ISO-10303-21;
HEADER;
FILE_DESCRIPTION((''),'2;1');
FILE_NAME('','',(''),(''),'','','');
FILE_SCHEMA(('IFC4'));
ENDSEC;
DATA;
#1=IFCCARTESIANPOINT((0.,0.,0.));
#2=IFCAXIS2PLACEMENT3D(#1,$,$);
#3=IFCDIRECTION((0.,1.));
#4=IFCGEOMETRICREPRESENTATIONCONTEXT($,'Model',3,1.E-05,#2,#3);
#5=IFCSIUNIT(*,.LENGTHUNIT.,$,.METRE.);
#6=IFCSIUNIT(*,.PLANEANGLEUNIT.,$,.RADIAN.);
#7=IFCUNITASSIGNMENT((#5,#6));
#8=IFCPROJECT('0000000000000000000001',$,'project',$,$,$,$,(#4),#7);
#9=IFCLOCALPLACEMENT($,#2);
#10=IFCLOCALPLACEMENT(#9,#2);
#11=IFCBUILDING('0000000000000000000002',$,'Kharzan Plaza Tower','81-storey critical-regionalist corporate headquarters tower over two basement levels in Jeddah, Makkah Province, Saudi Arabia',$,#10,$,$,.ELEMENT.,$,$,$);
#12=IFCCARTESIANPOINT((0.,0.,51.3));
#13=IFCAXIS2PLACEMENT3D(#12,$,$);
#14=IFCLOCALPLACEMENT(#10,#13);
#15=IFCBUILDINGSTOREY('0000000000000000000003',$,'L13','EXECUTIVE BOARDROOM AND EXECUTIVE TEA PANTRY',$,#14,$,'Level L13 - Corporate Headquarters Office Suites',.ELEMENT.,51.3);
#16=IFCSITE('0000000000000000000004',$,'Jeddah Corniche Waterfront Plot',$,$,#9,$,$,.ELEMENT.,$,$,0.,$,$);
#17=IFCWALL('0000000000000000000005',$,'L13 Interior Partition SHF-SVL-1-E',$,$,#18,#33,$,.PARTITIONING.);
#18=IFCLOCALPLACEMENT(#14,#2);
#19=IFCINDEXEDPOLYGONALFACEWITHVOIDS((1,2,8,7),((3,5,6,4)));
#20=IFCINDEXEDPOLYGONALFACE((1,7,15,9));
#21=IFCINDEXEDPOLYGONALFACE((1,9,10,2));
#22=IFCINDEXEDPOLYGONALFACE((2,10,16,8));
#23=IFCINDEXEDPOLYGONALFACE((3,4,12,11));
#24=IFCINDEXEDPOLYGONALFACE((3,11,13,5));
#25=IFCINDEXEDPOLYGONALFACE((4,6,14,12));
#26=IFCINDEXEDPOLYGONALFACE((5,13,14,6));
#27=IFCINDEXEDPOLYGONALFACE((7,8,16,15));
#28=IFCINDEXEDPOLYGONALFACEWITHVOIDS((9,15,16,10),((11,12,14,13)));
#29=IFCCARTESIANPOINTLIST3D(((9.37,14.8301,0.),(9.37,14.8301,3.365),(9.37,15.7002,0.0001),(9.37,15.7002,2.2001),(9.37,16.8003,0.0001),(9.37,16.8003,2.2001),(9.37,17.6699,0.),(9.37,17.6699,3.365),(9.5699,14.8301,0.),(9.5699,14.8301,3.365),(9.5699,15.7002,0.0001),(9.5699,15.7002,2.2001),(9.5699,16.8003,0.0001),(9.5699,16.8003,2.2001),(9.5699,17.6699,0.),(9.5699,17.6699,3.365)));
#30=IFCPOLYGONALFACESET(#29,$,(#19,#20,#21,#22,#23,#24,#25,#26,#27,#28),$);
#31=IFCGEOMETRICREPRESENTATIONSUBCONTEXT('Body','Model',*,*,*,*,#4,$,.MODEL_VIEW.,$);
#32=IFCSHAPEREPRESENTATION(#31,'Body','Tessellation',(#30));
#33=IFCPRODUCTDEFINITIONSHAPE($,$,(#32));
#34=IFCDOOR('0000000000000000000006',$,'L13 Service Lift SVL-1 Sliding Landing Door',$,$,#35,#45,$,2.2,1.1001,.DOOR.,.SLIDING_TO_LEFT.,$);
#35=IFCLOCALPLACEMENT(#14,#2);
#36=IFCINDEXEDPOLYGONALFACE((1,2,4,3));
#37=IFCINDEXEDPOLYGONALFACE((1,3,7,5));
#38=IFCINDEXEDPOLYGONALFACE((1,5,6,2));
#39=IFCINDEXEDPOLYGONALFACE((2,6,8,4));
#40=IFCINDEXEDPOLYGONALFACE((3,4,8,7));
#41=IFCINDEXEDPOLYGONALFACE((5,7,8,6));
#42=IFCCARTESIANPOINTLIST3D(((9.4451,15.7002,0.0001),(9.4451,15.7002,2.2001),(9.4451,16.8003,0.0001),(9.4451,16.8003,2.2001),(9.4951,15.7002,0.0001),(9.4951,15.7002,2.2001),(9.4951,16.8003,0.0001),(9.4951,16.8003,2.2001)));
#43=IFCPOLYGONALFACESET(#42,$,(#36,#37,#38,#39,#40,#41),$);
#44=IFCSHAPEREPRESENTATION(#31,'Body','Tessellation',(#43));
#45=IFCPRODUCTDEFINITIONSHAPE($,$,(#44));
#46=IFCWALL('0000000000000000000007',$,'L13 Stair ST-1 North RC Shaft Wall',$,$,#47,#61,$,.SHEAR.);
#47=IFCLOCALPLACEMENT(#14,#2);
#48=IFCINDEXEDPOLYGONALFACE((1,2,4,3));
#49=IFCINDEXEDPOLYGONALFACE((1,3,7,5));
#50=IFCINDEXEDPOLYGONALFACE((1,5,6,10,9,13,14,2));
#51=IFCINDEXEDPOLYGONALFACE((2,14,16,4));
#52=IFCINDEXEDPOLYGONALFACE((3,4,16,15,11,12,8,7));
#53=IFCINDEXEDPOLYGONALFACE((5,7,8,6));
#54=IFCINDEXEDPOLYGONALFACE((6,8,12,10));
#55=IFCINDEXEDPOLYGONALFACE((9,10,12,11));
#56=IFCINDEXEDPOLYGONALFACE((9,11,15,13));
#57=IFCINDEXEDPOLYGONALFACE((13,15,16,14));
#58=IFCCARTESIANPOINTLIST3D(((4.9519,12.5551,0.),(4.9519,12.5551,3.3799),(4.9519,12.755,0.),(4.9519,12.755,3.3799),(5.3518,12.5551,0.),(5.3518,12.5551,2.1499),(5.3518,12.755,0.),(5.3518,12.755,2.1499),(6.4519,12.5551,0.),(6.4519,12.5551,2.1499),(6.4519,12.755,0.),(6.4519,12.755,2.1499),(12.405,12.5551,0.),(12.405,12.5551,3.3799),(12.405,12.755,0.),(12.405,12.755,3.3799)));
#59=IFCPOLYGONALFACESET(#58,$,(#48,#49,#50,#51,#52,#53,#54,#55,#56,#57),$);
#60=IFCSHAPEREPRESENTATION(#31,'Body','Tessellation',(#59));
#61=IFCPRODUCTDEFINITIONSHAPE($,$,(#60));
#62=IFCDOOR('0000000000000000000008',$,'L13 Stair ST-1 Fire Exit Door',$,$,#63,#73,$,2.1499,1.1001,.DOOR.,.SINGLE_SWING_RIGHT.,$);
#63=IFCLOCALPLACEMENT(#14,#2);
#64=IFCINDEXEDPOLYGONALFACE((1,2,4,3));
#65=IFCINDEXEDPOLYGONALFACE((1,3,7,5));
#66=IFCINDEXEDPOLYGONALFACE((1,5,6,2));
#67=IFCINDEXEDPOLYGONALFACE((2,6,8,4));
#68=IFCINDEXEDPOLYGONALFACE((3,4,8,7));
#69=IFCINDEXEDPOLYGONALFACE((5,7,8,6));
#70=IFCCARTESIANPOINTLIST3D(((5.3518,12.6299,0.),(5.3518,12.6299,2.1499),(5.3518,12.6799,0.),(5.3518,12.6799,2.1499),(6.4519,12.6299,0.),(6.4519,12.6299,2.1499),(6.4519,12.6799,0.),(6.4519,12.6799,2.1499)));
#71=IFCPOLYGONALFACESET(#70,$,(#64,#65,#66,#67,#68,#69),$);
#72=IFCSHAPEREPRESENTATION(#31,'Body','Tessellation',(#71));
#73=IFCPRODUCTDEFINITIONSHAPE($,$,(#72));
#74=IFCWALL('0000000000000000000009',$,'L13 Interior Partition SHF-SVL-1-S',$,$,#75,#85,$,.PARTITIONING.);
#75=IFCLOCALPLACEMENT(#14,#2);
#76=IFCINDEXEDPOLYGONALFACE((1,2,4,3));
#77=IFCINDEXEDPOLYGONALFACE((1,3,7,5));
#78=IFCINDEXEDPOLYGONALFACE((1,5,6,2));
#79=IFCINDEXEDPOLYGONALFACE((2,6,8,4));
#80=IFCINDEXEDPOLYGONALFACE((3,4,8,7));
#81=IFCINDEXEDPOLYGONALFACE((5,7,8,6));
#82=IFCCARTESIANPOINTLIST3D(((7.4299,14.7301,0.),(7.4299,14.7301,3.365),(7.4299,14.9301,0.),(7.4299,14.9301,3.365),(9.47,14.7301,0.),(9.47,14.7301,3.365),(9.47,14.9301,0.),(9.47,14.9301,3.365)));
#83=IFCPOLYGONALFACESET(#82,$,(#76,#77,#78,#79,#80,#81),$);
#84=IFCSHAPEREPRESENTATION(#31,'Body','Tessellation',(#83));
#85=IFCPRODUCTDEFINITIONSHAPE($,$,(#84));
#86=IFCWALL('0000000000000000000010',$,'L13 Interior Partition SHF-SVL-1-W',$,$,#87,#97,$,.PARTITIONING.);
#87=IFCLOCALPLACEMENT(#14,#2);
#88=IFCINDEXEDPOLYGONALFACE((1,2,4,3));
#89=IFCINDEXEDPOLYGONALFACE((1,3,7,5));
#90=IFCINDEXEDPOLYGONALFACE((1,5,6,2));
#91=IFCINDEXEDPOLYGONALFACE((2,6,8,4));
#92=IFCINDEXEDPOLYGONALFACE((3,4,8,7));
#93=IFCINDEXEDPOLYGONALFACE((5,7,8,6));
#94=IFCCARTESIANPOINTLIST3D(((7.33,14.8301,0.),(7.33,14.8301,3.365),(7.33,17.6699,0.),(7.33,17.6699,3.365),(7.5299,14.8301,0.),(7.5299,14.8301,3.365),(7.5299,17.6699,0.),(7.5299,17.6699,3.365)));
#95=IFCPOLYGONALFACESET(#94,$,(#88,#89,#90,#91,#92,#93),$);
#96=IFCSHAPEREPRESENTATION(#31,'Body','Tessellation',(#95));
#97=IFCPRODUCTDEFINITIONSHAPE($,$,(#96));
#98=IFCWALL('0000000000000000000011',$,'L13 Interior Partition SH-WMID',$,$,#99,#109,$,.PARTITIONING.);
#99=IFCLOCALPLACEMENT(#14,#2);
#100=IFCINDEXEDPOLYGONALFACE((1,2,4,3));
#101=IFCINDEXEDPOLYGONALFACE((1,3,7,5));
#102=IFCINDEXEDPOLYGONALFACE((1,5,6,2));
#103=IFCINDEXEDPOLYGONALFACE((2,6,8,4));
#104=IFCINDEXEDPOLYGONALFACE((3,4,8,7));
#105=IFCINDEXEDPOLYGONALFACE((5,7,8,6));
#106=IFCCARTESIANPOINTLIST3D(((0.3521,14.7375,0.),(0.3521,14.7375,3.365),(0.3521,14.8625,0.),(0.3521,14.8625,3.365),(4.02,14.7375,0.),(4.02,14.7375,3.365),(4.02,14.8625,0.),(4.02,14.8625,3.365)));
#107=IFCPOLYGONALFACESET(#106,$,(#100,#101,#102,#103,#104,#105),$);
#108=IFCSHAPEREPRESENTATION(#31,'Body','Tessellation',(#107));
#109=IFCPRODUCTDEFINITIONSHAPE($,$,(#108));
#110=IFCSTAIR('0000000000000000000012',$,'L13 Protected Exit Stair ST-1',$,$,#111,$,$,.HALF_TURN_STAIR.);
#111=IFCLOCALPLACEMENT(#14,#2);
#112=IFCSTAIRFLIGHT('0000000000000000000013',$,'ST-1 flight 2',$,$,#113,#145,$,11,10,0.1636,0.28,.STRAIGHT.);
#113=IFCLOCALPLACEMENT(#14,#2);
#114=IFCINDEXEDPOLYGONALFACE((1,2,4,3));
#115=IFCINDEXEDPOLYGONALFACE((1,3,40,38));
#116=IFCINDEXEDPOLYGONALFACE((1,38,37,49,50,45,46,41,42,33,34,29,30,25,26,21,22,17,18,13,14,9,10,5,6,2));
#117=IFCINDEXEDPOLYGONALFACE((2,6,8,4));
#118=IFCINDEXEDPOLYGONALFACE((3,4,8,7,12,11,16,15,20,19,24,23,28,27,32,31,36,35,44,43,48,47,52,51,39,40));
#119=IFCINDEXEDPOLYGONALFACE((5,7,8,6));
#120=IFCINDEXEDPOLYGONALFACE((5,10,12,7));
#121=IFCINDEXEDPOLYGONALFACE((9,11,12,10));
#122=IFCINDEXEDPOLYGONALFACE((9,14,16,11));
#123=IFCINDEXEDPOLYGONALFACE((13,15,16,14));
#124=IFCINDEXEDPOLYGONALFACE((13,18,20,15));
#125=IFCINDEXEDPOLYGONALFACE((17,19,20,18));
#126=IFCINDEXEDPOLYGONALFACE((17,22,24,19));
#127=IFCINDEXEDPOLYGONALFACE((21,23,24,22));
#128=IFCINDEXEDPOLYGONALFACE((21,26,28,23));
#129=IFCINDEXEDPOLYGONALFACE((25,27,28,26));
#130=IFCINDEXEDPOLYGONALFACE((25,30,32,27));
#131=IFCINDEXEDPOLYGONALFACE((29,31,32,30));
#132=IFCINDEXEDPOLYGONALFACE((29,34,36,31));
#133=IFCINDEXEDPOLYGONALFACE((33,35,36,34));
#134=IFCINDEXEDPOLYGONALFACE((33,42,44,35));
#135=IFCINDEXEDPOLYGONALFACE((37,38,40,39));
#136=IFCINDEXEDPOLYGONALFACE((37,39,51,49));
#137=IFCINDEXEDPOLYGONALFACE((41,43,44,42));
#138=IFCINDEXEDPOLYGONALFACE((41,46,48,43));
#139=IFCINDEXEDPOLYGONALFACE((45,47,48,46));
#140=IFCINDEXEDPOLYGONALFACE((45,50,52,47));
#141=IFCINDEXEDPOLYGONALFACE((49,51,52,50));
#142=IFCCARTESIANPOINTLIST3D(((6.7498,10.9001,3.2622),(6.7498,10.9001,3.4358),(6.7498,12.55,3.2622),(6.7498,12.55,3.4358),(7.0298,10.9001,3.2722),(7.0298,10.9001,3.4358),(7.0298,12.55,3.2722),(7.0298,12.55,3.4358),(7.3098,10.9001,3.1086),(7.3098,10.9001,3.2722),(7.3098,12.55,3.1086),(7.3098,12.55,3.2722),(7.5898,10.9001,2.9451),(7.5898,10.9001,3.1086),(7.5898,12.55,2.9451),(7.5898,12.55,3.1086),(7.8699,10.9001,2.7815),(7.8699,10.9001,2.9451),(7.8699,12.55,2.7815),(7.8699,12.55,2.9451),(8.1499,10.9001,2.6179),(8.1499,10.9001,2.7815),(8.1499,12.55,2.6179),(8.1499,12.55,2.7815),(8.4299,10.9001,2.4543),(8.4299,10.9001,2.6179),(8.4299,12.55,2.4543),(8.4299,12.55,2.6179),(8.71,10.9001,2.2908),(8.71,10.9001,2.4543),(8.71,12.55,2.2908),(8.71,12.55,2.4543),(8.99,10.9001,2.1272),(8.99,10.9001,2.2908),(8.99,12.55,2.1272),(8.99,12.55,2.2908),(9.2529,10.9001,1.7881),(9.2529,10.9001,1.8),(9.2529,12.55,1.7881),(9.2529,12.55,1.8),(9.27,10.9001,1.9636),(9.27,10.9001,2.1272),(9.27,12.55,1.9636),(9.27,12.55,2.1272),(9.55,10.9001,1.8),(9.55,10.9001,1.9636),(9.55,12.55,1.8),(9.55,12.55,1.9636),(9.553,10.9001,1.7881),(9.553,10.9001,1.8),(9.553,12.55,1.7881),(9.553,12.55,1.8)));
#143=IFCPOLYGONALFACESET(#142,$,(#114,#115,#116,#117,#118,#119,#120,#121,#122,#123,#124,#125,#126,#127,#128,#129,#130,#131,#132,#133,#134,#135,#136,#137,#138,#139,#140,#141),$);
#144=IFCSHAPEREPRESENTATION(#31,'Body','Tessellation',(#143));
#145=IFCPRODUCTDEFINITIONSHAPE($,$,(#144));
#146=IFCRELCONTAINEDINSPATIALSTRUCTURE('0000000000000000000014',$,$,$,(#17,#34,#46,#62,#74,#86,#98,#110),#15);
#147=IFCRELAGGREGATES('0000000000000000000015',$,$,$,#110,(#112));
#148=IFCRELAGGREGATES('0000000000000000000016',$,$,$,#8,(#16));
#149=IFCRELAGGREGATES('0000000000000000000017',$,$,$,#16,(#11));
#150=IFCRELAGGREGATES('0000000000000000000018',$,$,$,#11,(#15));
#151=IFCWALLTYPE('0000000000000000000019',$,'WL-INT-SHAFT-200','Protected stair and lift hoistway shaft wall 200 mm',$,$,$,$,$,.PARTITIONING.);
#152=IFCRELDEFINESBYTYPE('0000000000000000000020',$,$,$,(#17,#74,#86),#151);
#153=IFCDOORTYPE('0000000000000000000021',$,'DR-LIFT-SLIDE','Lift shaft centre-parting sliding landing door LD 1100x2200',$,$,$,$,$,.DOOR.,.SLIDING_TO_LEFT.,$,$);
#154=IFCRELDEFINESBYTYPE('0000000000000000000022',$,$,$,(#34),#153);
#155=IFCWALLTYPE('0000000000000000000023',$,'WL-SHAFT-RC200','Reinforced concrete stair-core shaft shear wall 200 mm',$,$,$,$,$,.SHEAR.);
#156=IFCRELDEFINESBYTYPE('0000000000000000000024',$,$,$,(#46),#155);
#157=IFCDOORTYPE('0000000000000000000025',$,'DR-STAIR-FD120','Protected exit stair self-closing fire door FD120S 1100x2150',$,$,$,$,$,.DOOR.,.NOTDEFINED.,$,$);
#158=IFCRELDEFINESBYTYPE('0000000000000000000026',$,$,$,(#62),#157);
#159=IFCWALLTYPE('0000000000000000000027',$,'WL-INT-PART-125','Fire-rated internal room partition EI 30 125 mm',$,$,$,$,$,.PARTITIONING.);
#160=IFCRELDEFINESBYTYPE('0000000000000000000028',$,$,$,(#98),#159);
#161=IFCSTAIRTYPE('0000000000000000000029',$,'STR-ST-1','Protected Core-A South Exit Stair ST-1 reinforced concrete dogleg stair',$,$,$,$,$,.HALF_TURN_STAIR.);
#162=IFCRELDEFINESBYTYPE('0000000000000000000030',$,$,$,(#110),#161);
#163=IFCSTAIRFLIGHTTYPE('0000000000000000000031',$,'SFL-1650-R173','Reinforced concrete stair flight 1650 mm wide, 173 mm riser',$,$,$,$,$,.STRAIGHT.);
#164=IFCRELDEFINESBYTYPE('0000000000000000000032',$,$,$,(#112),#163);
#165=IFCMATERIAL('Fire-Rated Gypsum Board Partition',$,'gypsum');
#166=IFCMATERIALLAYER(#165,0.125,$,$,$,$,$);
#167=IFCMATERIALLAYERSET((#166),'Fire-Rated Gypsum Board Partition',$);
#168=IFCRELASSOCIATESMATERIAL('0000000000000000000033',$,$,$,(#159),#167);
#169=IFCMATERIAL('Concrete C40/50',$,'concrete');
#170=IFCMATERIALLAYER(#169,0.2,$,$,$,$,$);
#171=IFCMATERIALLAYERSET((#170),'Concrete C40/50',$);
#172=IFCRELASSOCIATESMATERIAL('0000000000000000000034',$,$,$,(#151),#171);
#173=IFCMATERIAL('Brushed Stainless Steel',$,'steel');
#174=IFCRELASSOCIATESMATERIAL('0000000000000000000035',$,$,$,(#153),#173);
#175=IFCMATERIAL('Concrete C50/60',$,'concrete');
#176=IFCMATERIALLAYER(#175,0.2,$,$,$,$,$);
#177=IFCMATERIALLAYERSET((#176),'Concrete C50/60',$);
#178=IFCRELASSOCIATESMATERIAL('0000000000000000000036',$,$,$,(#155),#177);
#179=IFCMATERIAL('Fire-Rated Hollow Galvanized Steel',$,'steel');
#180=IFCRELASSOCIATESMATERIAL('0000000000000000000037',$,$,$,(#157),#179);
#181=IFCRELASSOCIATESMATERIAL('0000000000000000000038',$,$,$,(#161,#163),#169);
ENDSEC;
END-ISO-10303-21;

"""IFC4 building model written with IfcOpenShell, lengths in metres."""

from ifc_helpers import new_model, si_unit, direction, frame, frame_2d, origin, place, context, subcontext, project, spatial, polyline, rectangle, outline, extrude, source, transform, mapped, material, layer, layer_set, type_object, element, fill, aggregate, save


model = new_model("IFC4")

# Units and contexts
model_context = context("Model", 3, precision=1e-05, world=origin(), true_north=direction((0.0, 1.0)))
body_context = subcontext(model_context, "Body", "Model", "MODEL_VIEW")
ifc_project = project(units=[si_unit("LENGTHUNIT", "METRE"), si_unit("PLANEANGLEUNIT", "RADIAN")], contexts=[model_context])

# Site, building, storey
site_placement = place(None, origin())
site = spatial("IfcSite", under=ifc_project, at=site_placement, Name="Jeddah Corniche Waterfront Plot", CompositionType="ELEMENT", RefElevation=0.0)
building_placement = place(site_placement, origin())
building = spatial("IfcBuilding", under=site, at=building_placement, Name="Kharzan Plaza Tower", Description="81-storey critical-regionalist corporate headquarters tower over two basement levels in Jeddah, Makkah Province, Saudi Arabia", CompositionType="ELEMENT")
storey_placement = place(building_placement, frame((0.0, 0.0, 51.3)))
storey = spatial("IfcBuildingStorey", under=building, at=storey_placement, Name="L13", Description="EXECUTIVE BOARDROOM AND EXECUTIVE TEA PANTRY", LongName="Level L13 - Corporate Headquarters Office Suites", CompositionType="ELEMENT", Elevation=51.3)

# Shared definitions
ifc_material_1 = material(Name="Concrete C40/50", Category="concrete")

# Walls, openings, doors
ifc_material_2 = material(Name="Fire-Rated Gypsum Board Partition", Category="gypsum")
ifc_layer_1 = layer(ifc_material_2, 0.125)
ifc_layer_set_1 = layer_set([ifc_layer_1], Name="Fire-Rated Gypsum Board Partition")
wall_type_1 = type_object("IfcWallType", Name="WL-INT-PART-125", Description="Fire-rated internal room partition EI 30 125 mm", PredefinedType="PARTITIONING", material=ifc_layer_set_1)
ifc_layer_2 = layer(ifc_material_1, 0.2)
ifc_layer_set_2 = layer_set([ifc_layer_2], Name="Concrete C40/50")
wall_type_2 = type_object("IfcWallType", Name="WL-INT-SHAFT-200", Description="Protected stair and lift hoistway shaft wall 200 mm", PredefinedType="PARTITIONING", material=ifc_layer_set_2)
wall_1_placement = place(storey_placement, frame((9.47, 14.8301, 0.0), z_axis=(0.0, 0.0, 1.0), x_axis=(0.0, 1.0, 0.0)))
wall_1 = element("IfcWall", 1, at=wall_1_placement, inside=storey, type_object=wall_type_2, Name="L13 Interior Partition SHF-SVL-1-E", PredefinedType="PARTITIONING", context=body_context, shape_type="SweptSolid", body=[
    extrude(rectangle(XDim=2.8398, YDim=0.2, at=frame_2d((1.4199, 0.0))), origin(), (0.0, 0.0, 1.0), 3.365),
])
opening_1_placement = place(wall_1_placement, frame((0.8701, 0.0, 0.0)))
opening_1 = element("IfcOpeningElement", 2, at=opening_1_placement, cuts=wall_1, PredefinedType="OPENING", context=body_context, shape_type="SweptSolid", body=[
    extrude(rectangle(XDim=1.1001, YDim=2.2, at=frame_2d((0.55, 1.1001))), frame((0.0, 0.1099, 0.0), z_axis=(0.0, -1.0, 0.0), x_axis=(1.0, 0.0, 0.0)), (0.0, 0.0, 1.0), 0.22),
])
ifc_material_3 = material(Name="Brushed Stainless Steel", Category="steel")
door_type_1 = type_object("IfcDoorType", Name="DR-LIFT-SLIDE", Description="Lift shaft centre-parting sliding landing door LD 1100x2200", OperationType="SLIDING_TO_LEFT", PredefinedType="DOOR", material=ifc_material_3)
shared_shape_1 = source(origin(), body_context, "Body", "SweptSolid", [
    extrude(rectangle(XDim=1.1001, YDim=2.2, at=frame_2d((0.55, 1.1001))), frame((0.0, 0.0249, 0.0), z_axis=(0.0, -1.0, 0.0), x_axis=(1.0, 0.0, 0.0)), (0.0, 0.0, 1.0), 0.05),
])
door_1_placement = place(opening_1_placement, origin())
door_1 = element("IfcDoor", 3, at=door_1_placement, inside=storey, type_object=door_type_1, Name="L13 Service Lift SVL-1 Sliding Landing Door", OperationType="SLIDING_TO_LEFT", OverallHeight=2.2, OverallWidth=1.1001, PredefinedType="DOOR", context=body_context, shape_type="MappedRepresentation", body=[
    mapped(shared_shape_1, transform((0.0, 0.0, 0.0), x_axis=(1.0, 0.0, 0.0), y_axis=(0.0, 1.0, 0.0), z_axis=(0.0, 0.0, 1.0))),
])
fill(opening_1, door_1)
ifc_material_4 = material(Name="Concrete C50/60", Category="concrete")
ifc_layer_3 = layer(ifc_material_4, 0.2)
ifc_layer_set_3 = layer_set([ifc_layer_3], Name="Concrete C50/60")
wall_type_3 = type_object("IfcWallType", Name="WL-SHAFT-RC200", Description="Reinforced concrete stair-core shaft shear wall 200 mm", PredefinedType="SHEAR", material=ifc_layer_set_3)
wall_2_placement = place(storey_placement, frame((4.9519, 12.655, 0.0), z_axis=(0.0, 0.0, 1.0), x_axis=(1.0, 0.0, 0.0)))
wall_2 = element("IfcWall", 4, at=wall_2_placement, inside=storey, type_object=wall_type_3, Name="L13 Stair ST-1 North RC Shaft Wall", PredefinedType="SHEAR", context=body_context, shape_type="SweptSolid", body=[
    extrude(rectangle(XDim=7.4531, YDim=0.2, at=frame_2d((3.7266, 0.0))), origin(), (0.0, 0.0, 1.0), 3.3799),
])
opening_2_placement = place(wall_2_placement, frame((0.3999, 0.0, 0.0)))
opening_2 = element("IfcOpeningElement", 5, at=opening_2_placement, cuts=wall_2, PredefinedType="OPENING", context=body_context, shape_type="SweptSolid", body=[
    extrude(rectangle(XDim=1.1001, YDim=2.1499, at=frame_2d((0.55, 1.075))), frame((0.0, 0.1099, 0.0), z_axis=(0.0, -1.0, 0.0), x_axis=(1.0, 0.0, 0.0)), (0.0, 0.0, 1.0), 0.22),
])
ifc_material_5 = material(Name="Fire-Rated Hollow Galvanized Steel", Category="steel")
door_type_2 = type_object("IfcDoorType", Name="DR-STAIR-FD120", Description="Protected exit stair self-closing fire door FD120S 1100x2150", OperationType="NOTDEFINED", PredefinedType="DOOR", material=ifc_material_5)
shared_shape_2 = source(origin(), body_context, "Body", "SweptSolid", [
    extrude(rectangle(XDim=1.1001, YDim=2.1499, at=frame_2d((0.55, 1.075))), frame((0.0, 0.0249, 0.0), z_axis=(0.0, -1.0, 0.0), x_axis=(1.0, 0.0, 0.0)), (0.0, 0.0, 1.0), 0.05),
])
door_2_placement = place(opening_2_placement, origin())
door_2 = element("IfcDoor", 6, at=door_2_placement, inside=storey, type_object=door_type_2, Name="L13 Stair ST-1 Fire Exit Door", OperationType="SINGLE_SWING_RIGHT", OverallHeight=2.1499, OverallWidth=1.1001, PredefinedType="DOOR", context=body_context, shape_type="MappedRepresentation", body=[
    mapped(shared_shape_2, transform((0.0, 0.0, 0.0), x_axis=(1.0, 0.0, 0.0), y_axis=(0.0, 1.0, 0.0), z_axis=(0.0, 0.0, 1.0))),
])
fill(opening_2, door_2)

# Walls
shared_shape_3 = source(origin(), body_context, "Body", "SweptSolid", [
    extrude(rectangle(XDim=2.04, YDim=0.2, at=frame_2d((1.02, 0.0))), origin(), (0.0, 0.0, 1.0), 3.365),
])
wall_3_placement = place(storey_placement, frame((7.4299, 14.8301, 0.0), z_axis=(0.0, 0.0, 1.0), x_axis=(1.0, 0.0, 0.0)))
element("IfcWall", 7, at=wall_3_placement, inside=storey, type_object=wall_type_2, Name="L13 Interior Partition SHF-SVL-1-S", PredefinedType="PARTITIONING", context=body_context, shape_type="MappedRepresentation", body=[
    mapped(shared_shape_3, transform((0.0, 0.0, 0.0), x_axis=(1.0, 0.0, 0.0), y_axis=(0.0, 1.0, 0.0), z_axis=(0.0, 0.0, 1.0))),
])
shared_shape_4 = source(origin(), body_context, "Body", "SweptSolid", [
    extrude(rectangle(XDim=2.8398, YDim=0.2, at=frame_2d((1.4199, 0.0))), origin(), (0.0, 0.0, 1.0), 3.365),
])
wall_4_placement = place(storey_placement, frame((7.4299, 14.8301, 0.0), z_axis=(0.0, 0.0, 1.0), x_axis=(0.0, 1.0, 0.0)))
element("IfcWall", 8, at=wall_4_placement, inside=storey, type_object=wall_type_2, Name="L13 Interior Partition SHF-SVL-1-W", PredefinedType="PARTITIONING", context=body_context, shape_type="MappedRepresentation", body=[
    mapped(shared_shape_4, transform((0.0, 0.0, 0.0), x_axis=(1.0, 0.0, 0.0), y_axis=(0.0, 1.0, 0.0), z_axis=(0.0, 0.0, 1.0))),
])
shared_shape_5 = source(origin(), body_context, "Body", "SweptSolid", [
    extrude(rectangle(XDim=3.668, YDim=0.125, at=frame_2d((1.834, 0.0))), origin(), (0.0, 0.0, 1.0), 3.365),
])
wall_5_placement = place(storey_placement, frame((0.3521, 14.8, 0.0), z_axis=(0.0, 0.0, 1.0), x_axis=(1.0, 0.0, 0.0)))
element("IfcWall", 9, at=wall_5_placement, inside=storey, type_object=wall_type_1, Name="L13 Interior Partition SH-WMID", PredefinedType="PARTITIONING", context=body_context, shape_type="MappedRepresentation", body=[
    mapped(shared_shape_5, transform((0.0, 0.0, 0.0), x_axis=(1.0, 0.0, 0.0), y_axis=(0.0, 1.0, 0.0), z_axis=(0.0, 0.0, 1.0))),
])

# Stair, stair flight
stair_type = type_object("IfcStairType", Name="STR-ST-1", Description="Protected Core-A South Exit Stair ST-1 reinforced concrete dogleg stair", PredefinedType="HALF_TURN_STAIR", material=ifc_material_1)
stair_placement = place(storey_placement, origin())
stair = element("IfcStair", 10, at=stair_placement, inside=storey, type_object=stair_type, Name="L13 Protected Exit Stair ST-1", PredefinedType="HALF_TURN_STAIR")
stair_flight_type = type_object("IfcStairFlightType", Name="SFL-1650-R173", Description="Reinforced concrete stair flight 1650 mm wide, 173 mm riser", PredefinedType="STRAIGHT", material=ifc_material_1)
shared_shape_6 = source(origin(), body_context, "Body", "SweptSolid", [
    extrude(outline(polyline([(-0.0029, -0.012), (-0.0029, 0.0), (0.0, 0.0), (0.0, 0.1636), (0.28, 0.1636), (0.28, 0.3271), (0.5601, 0.3271), (0.5601, 0.4907), (0.8401, 0.4907), (0.8401, 0.6543), (1.1201, 0.6543), (1.1201, 0.8179), (1.4001, 0.8179), (1.4001, 0.9814), (1.6802, 0.9814), (1.6802, 1.145), (1.9602, 1.145), (1.9602, 1.3086), (2.2402, 1.3086), (2.2402, 1.4722), (2.5203, 1.4722), (2.5203, 1.6357), (2.8003, 1.6357), (2.8003, 1.7993), (2.8003, 1.4622), (0.2971, 0.0), (0.2971, -0.012), (-0.0029, -0.012)])), frame((0.0, 0.825, 0.0), z_axis=(0.0, -1.0, 0.0), x_axis=(1.0, 0.0, 0.0)), (0.0, 0.0, 1.0), 1.6499),
])
stair_flight_placement = place(storey_placement, frame((9.55, 11.7251, 1.8), z_axis=(0.0, 0.0, 1.0), x_axis=(-1.0, 0.0, 0.0)))
stair_flight = element("IfcStairFlight", 11, at=stair_flight_placement, type_object=stair_flight_type, Name="ST-1 flight 2", NumberOfRisers=11, NumberOfTreads=10, PredefinedType="STRAIGHT", RiserHeight=0.1636, TreadLength=0.28, context=body_context, shape_type="MappedRepresentation", body=[
    mapped(shared_shape_6, transform((0.0, 0.0, 0.0), x_axis=(1.0, 0.0, 0.0), y_axis=(0.0, 1.0, 0.0), z_axis=(0.0, 0.0, 1.0))),
])
aggregate(stair, [stair_flight])

save(model, "model.ifc")
